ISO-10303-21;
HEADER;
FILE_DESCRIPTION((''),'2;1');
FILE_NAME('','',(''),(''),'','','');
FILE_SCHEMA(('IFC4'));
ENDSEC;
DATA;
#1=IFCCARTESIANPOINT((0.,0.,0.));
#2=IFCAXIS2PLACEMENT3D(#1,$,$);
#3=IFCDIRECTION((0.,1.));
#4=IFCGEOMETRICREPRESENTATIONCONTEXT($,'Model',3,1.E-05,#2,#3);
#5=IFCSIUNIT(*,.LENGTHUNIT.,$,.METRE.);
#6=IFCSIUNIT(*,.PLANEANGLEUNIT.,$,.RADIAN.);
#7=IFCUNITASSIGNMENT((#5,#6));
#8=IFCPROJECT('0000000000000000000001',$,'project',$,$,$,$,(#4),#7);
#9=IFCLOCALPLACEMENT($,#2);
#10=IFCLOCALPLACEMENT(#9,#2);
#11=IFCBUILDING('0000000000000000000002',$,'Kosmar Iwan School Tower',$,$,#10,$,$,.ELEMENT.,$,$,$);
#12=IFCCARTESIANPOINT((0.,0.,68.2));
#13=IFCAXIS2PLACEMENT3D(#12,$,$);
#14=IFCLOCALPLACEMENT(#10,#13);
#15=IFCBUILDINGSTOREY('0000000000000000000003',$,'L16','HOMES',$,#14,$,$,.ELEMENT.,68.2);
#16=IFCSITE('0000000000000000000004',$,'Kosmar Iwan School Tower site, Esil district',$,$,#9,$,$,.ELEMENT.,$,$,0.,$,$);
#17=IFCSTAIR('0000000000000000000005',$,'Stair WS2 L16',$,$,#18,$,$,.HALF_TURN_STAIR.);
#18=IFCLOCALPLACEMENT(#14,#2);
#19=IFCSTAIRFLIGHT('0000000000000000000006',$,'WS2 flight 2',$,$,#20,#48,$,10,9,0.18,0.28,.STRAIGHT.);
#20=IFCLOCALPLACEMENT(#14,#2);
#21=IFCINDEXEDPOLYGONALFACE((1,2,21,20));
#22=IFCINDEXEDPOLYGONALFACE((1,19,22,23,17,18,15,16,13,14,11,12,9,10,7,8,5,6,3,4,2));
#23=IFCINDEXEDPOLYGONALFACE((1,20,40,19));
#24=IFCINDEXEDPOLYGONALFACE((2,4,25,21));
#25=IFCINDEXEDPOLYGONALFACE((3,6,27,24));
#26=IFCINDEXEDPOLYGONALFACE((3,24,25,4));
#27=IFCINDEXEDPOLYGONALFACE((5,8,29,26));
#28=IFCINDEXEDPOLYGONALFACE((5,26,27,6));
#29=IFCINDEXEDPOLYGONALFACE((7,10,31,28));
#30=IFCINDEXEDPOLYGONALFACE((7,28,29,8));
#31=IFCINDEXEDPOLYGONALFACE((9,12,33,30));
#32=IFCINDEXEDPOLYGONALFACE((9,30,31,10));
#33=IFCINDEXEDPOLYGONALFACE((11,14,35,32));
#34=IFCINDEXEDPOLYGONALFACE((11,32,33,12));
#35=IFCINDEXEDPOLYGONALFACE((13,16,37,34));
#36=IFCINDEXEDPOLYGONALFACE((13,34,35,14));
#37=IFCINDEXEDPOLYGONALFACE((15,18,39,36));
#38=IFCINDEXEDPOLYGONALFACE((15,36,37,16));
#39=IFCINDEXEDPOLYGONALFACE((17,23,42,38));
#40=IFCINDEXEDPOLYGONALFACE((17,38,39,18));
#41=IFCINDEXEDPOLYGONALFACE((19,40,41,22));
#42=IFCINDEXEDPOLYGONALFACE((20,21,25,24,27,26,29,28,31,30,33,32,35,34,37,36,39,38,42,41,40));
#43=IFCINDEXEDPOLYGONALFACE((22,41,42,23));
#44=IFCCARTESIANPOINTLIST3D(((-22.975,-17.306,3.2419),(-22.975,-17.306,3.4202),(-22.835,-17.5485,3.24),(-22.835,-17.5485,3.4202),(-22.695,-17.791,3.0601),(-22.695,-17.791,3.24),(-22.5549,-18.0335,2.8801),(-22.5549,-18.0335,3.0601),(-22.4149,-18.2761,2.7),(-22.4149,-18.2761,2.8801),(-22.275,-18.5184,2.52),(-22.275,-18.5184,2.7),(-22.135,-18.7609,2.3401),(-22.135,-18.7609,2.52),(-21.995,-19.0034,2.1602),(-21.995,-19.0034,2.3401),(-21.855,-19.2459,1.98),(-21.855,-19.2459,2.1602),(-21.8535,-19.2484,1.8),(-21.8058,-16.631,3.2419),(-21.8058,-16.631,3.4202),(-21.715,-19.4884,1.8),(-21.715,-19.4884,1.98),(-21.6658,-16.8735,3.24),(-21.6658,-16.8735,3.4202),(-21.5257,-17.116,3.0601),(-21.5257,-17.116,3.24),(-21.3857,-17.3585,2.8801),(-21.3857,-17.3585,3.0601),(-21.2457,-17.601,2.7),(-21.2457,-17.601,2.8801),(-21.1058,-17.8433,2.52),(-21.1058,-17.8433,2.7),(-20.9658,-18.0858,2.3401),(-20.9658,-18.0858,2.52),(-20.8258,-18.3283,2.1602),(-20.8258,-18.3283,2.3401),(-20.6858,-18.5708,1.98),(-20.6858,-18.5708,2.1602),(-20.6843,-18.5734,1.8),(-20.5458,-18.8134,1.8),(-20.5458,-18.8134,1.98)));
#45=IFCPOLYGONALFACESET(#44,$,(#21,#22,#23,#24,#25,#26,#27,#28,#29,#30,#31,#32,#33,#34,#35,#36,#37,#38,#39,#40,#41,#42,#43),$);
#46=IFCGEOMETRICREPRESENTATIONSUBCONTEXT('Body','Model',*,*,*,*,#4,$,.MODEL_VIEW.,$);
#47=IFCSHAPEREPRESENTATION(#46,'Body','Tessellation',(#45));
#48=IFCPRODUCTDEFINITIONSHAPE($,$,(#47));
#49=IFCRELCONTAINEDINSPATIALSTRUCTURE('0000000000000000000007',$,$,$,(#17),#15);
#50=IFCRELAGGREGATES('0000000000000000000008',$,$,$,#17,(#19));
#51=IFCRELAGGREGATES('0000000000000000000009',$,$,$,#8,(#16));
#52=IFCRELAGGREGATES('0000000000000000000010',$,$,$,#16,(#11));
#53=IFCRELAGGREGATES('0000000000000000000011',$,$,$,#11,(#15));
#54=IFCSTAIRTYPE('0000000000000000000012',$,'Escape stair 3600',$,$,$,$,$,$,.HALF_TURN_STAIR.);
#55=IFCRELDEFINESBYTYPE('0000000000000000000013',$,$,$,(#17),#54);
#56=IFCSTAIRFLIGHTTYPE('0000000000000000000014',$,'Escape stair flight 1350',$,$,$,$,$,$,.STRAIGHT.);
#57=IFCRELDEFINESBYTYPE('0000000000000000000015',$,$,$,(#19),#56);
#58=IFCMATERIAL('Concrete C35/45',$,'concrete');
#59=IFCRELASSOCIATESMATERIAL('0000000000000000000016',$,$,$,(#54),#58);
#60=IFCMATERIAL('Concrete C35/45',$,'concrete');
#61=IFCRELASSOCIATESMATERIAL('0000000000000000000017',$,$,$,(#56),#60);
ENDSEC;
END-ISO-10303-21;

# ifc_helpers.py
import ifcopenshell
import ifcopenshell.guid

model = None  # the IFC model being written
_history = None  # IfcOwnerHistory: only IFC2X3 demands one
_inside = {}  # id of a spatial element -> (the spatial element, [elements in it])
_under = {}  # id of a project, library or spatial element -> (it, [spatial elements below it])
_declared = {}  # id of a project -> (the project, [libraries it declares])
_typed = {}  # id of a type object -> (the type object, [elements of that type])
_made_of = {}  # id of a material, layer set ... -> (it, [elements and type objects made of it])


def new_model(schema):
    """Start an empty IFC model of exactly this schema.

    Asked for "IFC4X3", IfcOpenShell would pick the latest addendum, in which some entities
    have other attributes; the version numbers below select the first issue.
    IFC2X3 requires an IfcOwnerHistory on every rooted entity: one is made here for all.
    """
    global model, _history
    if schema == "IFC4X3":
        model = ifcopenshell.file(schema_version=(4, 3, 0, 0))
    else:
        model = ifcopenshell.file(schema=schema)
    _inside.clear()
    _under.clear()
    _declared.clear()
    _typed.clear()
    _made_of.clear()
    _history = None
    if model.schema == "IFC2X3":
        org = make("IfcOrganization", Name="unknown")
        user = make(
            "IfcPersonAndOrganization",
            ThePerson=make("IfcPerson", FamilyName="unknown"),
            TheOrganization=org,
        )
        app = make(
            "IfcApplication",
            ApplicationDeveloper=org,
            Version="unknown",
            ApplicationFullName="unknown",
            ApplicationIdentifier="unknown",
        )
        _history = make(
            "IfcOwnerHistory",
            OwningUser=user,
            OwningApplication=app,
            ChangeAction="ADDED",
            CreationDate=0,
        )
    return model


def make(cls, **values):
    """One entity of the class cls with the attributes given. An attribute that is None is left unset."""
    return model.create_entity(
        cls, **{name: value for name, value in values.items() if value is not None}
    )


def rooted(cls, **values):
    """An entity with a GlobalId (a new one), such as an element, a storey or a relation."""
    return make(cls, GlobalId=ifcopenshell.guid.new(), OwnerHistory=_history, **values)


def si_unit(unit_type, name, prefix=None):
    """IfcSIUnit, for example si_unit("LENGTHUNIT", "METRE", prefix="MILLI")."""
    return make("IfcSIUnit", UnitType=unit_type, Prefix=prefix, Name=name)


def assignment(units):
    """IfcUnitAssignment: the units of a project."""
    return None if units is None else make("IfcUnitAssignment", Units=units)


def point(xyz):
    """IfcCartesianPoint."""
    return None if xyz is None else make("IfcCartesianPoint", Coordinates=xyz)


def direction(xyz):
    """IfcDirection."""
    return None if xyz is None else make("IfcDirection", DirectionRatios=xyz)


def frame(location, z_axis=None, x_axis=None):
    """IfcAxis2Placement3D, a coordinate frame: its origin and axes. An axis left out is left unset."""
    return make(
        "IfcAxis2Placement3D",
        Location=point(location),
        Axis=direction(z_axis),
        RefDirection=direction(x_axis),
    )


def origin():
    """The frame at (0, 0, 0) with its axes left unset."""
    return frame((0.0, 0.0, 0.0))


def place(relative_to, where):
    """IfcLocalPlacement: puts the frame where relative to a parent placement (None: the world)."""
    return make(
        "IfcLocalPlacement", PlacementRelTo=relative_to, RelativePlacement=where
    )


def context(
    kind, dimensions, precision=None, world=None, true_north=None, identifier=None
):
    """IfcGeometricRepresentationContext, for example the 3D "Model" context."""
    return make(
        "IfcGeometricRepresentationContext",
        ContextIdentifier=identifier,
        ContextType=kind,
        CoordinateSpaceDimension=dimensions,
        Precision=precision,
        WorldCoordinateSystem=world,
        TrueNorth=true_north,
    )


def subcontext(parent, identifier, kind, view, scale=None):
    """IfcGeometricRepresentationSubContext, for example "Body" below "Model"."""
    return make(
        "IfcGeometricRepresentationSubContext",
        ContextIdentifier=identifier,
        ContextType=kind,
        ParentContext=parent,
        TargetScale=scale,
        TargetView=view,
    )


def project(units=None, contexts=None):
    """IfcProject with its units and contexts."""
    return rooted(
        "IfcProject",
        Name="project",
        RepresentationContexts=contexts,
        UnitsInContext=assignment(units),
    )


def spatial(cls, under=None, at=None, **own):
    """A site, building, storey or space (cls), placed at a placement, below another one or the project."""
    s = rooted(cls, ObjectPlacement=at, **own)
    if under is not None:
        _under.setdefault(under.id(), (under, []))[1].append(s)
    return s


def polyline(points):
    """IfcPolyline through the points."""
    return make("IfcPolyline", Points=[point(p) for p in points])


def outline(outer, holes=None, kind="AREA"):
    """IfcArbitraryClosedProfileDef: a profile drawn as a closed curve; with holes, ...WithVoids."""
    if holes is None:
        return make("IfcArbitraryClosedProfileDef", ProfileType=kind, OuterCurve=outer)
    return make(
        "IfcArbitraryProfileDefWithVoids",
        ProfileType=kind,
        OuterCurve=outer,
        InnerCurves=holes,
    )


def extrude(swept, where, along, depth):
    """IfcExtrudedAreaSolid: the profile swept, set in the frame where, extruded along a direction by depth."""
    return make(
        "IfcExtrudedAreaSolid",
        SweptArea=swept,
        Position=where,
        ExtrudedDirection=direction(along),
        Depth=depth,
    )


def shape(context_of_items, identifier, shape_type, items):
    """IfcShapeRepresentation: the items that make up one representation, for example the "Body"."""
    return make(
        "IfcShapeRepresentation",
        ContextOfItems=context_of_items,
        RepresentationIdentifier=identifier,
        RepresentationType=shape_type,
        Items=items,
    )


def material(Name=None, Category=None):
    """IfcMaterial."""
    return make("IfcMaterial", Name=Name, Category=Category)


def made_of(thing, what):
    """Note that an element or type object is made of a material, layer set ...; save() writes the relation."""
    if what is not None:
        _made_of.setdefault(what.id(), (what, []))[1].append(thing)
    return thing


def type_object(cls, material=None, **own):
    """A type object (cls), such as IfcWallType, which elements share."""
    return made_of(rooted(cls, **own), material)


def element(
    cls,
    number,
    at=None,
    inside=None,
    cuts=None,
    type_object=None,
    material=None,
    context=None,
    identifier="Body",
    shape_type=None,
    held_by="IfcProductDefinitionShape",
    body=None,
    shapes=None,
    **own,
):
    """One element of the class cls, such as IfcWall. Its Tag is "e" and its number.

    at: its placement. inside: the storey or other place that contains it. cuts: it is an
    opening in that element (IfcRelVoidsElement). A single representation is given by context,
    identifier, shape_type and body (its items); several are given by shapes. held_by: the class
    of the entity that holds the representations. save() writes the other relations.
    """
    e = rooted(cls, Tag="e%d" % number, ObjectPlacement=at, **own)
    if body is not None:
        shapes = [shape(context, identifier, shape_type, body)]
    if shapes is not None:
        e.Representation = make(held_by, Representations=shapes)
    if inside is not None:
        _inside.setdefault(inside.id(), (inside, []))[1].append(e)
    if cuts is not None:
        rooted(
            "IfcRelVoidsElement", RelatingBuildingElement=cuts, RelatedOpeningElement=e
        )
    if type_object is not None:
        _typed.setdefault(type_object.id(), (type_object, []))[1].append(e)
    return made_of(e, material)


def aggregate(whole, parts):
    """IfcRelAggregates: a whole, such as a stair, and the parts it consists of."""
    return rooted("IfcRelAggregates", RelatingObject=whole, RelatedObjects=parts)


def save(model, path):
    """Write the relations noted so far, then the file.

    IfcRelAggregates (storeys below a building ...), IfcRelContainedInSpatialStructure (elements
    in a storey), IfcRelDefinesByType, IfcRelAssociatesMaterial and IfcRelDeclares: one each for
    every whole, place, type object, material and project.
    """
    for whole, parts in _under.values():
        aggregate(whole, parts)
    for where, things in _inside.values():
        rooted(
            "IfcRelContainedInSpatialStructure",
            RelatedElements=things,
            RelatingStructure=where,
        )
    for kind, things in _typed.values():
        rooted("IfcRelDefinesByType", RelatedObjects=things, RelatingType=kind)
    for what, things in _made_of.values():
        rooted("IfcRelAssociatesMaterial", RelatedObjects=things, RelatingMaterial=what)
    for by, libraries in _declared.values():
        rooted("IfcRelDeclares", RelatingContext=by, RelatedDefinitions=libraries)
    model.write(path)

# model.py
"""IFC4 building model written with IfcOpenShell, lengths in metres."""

from ifc_helpers import new_model, si_unit, direction, frame, origin, place, context, subcontext, project, spatial, polyline, outline, extrude, material, type_object, element, aggregate, save


model = new_model("IFC4")

# Units and contexts
model_context = context("Model", 3, precision=1e-05, world=origin(), true_north=direction((0.0, 1.0)))
body_context = subcontext(model_context, "Body", "Model", "MODEL_VIEW")
ifc_project = project(units=[si_unit("LENGTHUNIT", "METRE"), si_unit("PLANEANGLEUNIT", "RADIAN")], contexts=[model_context])

# Site, building, storey
site_placement = place(None, origin())
site = spatial("IfcSite", under=ifc_project, at=site_placement, Name="Kosmar Iwan School Tower site, Esil district", CompositionType="ELEMENT", RefElevation=0.0)
building_placement = place(site_placement, origin())
building = spatial("IfcBuilding", under=site, at=building_placement, Name="Kosmar Iwan School Tower", CompositionType="ELEMENT")
storey_placement = place(building_placement, frame((0.0, 0.0, 68.2)))
storey = spatial("IfcBuildingStorey", under=building, at=storey_placement, Name="L16", Description="HOMES", CompositionType="ELEMENT", Elevation=68.2)

# Stair, stair flight
ifc_material_1 = material(Name="Concrete C35/45", Category="concrete")
stair_type = type_object("IfcStairType", Name="Escape stair 3600", PredefinedType="HALF_TURN_STAIR", material=ifc_material_1)
stair_placement = place(storey_placement, origin())
stair = element("IfcStair", 1, at=stair_placement, inside=storey, type_object=stair_type, Name="Stair WS2 L16", PredefinedType="HALF_TURN_STAIR")
ifc_material_2 = material(Name="Concrete C35/45", Category="concrete")
stair_flight_type = type_object("IfcStairFlightType", Name="Escape stair flight 1350", PredefinedType="STRAIGHT", material=ifc_material_2)
stair_flight_1_placement = place(storey_placement, frame((-21.1304, -19.1509, 1.8), z_axis=(0.0, 0.0, 1.0), x_axis=(-0.5, 0.866025, 0.0)))
stair_flight_1 = element("IfcStairFlight", 2, at=stair_flight_1_placement, type_object=stair_flight_type, Name="WS2 flight 2", NumberOfRisers=10, NumberOfTreads=9, PredefinedType="STRAIGHT", RiserHeight=0.18, TreadLength=0.28, context=body_context, shape_type="SweptSolid", body=[
    extrude(outline(polyline([(0.0, 0.0), (0.0, 0.1799), (0.28, 0.1799), (0.28, 0.3601), (0.5601, 0.3601), (0.5601, 0.54), (0.8401, 0.54), (0.8401, 0.72), (1.1201, 0.72), (1.1201, 0.8999), (1.3999, 0.8999), (1.3999, 1.0801), (1.6799, 1.0801), (1.6799, 1.26), (1.96, 1.26), (1.96, 1.4399), (2.24, 1.4399), (2.24, 1.6201), (2.52, 1.6201), (2.52, 1.8), (2.52, 1.4419), (0.2771, 0.0), (0.0, 0.0)])), frame((0.0, 0.675, 0.0), z_axis=(0.0, -1.0, 0.0), x_axis=(1.0, 0.0, 0.0)), (0.0, 0.0, 1.0), 1.3501),
])
aggregate(stair, [stair_flight_1])

save(model, "model.ifc")
